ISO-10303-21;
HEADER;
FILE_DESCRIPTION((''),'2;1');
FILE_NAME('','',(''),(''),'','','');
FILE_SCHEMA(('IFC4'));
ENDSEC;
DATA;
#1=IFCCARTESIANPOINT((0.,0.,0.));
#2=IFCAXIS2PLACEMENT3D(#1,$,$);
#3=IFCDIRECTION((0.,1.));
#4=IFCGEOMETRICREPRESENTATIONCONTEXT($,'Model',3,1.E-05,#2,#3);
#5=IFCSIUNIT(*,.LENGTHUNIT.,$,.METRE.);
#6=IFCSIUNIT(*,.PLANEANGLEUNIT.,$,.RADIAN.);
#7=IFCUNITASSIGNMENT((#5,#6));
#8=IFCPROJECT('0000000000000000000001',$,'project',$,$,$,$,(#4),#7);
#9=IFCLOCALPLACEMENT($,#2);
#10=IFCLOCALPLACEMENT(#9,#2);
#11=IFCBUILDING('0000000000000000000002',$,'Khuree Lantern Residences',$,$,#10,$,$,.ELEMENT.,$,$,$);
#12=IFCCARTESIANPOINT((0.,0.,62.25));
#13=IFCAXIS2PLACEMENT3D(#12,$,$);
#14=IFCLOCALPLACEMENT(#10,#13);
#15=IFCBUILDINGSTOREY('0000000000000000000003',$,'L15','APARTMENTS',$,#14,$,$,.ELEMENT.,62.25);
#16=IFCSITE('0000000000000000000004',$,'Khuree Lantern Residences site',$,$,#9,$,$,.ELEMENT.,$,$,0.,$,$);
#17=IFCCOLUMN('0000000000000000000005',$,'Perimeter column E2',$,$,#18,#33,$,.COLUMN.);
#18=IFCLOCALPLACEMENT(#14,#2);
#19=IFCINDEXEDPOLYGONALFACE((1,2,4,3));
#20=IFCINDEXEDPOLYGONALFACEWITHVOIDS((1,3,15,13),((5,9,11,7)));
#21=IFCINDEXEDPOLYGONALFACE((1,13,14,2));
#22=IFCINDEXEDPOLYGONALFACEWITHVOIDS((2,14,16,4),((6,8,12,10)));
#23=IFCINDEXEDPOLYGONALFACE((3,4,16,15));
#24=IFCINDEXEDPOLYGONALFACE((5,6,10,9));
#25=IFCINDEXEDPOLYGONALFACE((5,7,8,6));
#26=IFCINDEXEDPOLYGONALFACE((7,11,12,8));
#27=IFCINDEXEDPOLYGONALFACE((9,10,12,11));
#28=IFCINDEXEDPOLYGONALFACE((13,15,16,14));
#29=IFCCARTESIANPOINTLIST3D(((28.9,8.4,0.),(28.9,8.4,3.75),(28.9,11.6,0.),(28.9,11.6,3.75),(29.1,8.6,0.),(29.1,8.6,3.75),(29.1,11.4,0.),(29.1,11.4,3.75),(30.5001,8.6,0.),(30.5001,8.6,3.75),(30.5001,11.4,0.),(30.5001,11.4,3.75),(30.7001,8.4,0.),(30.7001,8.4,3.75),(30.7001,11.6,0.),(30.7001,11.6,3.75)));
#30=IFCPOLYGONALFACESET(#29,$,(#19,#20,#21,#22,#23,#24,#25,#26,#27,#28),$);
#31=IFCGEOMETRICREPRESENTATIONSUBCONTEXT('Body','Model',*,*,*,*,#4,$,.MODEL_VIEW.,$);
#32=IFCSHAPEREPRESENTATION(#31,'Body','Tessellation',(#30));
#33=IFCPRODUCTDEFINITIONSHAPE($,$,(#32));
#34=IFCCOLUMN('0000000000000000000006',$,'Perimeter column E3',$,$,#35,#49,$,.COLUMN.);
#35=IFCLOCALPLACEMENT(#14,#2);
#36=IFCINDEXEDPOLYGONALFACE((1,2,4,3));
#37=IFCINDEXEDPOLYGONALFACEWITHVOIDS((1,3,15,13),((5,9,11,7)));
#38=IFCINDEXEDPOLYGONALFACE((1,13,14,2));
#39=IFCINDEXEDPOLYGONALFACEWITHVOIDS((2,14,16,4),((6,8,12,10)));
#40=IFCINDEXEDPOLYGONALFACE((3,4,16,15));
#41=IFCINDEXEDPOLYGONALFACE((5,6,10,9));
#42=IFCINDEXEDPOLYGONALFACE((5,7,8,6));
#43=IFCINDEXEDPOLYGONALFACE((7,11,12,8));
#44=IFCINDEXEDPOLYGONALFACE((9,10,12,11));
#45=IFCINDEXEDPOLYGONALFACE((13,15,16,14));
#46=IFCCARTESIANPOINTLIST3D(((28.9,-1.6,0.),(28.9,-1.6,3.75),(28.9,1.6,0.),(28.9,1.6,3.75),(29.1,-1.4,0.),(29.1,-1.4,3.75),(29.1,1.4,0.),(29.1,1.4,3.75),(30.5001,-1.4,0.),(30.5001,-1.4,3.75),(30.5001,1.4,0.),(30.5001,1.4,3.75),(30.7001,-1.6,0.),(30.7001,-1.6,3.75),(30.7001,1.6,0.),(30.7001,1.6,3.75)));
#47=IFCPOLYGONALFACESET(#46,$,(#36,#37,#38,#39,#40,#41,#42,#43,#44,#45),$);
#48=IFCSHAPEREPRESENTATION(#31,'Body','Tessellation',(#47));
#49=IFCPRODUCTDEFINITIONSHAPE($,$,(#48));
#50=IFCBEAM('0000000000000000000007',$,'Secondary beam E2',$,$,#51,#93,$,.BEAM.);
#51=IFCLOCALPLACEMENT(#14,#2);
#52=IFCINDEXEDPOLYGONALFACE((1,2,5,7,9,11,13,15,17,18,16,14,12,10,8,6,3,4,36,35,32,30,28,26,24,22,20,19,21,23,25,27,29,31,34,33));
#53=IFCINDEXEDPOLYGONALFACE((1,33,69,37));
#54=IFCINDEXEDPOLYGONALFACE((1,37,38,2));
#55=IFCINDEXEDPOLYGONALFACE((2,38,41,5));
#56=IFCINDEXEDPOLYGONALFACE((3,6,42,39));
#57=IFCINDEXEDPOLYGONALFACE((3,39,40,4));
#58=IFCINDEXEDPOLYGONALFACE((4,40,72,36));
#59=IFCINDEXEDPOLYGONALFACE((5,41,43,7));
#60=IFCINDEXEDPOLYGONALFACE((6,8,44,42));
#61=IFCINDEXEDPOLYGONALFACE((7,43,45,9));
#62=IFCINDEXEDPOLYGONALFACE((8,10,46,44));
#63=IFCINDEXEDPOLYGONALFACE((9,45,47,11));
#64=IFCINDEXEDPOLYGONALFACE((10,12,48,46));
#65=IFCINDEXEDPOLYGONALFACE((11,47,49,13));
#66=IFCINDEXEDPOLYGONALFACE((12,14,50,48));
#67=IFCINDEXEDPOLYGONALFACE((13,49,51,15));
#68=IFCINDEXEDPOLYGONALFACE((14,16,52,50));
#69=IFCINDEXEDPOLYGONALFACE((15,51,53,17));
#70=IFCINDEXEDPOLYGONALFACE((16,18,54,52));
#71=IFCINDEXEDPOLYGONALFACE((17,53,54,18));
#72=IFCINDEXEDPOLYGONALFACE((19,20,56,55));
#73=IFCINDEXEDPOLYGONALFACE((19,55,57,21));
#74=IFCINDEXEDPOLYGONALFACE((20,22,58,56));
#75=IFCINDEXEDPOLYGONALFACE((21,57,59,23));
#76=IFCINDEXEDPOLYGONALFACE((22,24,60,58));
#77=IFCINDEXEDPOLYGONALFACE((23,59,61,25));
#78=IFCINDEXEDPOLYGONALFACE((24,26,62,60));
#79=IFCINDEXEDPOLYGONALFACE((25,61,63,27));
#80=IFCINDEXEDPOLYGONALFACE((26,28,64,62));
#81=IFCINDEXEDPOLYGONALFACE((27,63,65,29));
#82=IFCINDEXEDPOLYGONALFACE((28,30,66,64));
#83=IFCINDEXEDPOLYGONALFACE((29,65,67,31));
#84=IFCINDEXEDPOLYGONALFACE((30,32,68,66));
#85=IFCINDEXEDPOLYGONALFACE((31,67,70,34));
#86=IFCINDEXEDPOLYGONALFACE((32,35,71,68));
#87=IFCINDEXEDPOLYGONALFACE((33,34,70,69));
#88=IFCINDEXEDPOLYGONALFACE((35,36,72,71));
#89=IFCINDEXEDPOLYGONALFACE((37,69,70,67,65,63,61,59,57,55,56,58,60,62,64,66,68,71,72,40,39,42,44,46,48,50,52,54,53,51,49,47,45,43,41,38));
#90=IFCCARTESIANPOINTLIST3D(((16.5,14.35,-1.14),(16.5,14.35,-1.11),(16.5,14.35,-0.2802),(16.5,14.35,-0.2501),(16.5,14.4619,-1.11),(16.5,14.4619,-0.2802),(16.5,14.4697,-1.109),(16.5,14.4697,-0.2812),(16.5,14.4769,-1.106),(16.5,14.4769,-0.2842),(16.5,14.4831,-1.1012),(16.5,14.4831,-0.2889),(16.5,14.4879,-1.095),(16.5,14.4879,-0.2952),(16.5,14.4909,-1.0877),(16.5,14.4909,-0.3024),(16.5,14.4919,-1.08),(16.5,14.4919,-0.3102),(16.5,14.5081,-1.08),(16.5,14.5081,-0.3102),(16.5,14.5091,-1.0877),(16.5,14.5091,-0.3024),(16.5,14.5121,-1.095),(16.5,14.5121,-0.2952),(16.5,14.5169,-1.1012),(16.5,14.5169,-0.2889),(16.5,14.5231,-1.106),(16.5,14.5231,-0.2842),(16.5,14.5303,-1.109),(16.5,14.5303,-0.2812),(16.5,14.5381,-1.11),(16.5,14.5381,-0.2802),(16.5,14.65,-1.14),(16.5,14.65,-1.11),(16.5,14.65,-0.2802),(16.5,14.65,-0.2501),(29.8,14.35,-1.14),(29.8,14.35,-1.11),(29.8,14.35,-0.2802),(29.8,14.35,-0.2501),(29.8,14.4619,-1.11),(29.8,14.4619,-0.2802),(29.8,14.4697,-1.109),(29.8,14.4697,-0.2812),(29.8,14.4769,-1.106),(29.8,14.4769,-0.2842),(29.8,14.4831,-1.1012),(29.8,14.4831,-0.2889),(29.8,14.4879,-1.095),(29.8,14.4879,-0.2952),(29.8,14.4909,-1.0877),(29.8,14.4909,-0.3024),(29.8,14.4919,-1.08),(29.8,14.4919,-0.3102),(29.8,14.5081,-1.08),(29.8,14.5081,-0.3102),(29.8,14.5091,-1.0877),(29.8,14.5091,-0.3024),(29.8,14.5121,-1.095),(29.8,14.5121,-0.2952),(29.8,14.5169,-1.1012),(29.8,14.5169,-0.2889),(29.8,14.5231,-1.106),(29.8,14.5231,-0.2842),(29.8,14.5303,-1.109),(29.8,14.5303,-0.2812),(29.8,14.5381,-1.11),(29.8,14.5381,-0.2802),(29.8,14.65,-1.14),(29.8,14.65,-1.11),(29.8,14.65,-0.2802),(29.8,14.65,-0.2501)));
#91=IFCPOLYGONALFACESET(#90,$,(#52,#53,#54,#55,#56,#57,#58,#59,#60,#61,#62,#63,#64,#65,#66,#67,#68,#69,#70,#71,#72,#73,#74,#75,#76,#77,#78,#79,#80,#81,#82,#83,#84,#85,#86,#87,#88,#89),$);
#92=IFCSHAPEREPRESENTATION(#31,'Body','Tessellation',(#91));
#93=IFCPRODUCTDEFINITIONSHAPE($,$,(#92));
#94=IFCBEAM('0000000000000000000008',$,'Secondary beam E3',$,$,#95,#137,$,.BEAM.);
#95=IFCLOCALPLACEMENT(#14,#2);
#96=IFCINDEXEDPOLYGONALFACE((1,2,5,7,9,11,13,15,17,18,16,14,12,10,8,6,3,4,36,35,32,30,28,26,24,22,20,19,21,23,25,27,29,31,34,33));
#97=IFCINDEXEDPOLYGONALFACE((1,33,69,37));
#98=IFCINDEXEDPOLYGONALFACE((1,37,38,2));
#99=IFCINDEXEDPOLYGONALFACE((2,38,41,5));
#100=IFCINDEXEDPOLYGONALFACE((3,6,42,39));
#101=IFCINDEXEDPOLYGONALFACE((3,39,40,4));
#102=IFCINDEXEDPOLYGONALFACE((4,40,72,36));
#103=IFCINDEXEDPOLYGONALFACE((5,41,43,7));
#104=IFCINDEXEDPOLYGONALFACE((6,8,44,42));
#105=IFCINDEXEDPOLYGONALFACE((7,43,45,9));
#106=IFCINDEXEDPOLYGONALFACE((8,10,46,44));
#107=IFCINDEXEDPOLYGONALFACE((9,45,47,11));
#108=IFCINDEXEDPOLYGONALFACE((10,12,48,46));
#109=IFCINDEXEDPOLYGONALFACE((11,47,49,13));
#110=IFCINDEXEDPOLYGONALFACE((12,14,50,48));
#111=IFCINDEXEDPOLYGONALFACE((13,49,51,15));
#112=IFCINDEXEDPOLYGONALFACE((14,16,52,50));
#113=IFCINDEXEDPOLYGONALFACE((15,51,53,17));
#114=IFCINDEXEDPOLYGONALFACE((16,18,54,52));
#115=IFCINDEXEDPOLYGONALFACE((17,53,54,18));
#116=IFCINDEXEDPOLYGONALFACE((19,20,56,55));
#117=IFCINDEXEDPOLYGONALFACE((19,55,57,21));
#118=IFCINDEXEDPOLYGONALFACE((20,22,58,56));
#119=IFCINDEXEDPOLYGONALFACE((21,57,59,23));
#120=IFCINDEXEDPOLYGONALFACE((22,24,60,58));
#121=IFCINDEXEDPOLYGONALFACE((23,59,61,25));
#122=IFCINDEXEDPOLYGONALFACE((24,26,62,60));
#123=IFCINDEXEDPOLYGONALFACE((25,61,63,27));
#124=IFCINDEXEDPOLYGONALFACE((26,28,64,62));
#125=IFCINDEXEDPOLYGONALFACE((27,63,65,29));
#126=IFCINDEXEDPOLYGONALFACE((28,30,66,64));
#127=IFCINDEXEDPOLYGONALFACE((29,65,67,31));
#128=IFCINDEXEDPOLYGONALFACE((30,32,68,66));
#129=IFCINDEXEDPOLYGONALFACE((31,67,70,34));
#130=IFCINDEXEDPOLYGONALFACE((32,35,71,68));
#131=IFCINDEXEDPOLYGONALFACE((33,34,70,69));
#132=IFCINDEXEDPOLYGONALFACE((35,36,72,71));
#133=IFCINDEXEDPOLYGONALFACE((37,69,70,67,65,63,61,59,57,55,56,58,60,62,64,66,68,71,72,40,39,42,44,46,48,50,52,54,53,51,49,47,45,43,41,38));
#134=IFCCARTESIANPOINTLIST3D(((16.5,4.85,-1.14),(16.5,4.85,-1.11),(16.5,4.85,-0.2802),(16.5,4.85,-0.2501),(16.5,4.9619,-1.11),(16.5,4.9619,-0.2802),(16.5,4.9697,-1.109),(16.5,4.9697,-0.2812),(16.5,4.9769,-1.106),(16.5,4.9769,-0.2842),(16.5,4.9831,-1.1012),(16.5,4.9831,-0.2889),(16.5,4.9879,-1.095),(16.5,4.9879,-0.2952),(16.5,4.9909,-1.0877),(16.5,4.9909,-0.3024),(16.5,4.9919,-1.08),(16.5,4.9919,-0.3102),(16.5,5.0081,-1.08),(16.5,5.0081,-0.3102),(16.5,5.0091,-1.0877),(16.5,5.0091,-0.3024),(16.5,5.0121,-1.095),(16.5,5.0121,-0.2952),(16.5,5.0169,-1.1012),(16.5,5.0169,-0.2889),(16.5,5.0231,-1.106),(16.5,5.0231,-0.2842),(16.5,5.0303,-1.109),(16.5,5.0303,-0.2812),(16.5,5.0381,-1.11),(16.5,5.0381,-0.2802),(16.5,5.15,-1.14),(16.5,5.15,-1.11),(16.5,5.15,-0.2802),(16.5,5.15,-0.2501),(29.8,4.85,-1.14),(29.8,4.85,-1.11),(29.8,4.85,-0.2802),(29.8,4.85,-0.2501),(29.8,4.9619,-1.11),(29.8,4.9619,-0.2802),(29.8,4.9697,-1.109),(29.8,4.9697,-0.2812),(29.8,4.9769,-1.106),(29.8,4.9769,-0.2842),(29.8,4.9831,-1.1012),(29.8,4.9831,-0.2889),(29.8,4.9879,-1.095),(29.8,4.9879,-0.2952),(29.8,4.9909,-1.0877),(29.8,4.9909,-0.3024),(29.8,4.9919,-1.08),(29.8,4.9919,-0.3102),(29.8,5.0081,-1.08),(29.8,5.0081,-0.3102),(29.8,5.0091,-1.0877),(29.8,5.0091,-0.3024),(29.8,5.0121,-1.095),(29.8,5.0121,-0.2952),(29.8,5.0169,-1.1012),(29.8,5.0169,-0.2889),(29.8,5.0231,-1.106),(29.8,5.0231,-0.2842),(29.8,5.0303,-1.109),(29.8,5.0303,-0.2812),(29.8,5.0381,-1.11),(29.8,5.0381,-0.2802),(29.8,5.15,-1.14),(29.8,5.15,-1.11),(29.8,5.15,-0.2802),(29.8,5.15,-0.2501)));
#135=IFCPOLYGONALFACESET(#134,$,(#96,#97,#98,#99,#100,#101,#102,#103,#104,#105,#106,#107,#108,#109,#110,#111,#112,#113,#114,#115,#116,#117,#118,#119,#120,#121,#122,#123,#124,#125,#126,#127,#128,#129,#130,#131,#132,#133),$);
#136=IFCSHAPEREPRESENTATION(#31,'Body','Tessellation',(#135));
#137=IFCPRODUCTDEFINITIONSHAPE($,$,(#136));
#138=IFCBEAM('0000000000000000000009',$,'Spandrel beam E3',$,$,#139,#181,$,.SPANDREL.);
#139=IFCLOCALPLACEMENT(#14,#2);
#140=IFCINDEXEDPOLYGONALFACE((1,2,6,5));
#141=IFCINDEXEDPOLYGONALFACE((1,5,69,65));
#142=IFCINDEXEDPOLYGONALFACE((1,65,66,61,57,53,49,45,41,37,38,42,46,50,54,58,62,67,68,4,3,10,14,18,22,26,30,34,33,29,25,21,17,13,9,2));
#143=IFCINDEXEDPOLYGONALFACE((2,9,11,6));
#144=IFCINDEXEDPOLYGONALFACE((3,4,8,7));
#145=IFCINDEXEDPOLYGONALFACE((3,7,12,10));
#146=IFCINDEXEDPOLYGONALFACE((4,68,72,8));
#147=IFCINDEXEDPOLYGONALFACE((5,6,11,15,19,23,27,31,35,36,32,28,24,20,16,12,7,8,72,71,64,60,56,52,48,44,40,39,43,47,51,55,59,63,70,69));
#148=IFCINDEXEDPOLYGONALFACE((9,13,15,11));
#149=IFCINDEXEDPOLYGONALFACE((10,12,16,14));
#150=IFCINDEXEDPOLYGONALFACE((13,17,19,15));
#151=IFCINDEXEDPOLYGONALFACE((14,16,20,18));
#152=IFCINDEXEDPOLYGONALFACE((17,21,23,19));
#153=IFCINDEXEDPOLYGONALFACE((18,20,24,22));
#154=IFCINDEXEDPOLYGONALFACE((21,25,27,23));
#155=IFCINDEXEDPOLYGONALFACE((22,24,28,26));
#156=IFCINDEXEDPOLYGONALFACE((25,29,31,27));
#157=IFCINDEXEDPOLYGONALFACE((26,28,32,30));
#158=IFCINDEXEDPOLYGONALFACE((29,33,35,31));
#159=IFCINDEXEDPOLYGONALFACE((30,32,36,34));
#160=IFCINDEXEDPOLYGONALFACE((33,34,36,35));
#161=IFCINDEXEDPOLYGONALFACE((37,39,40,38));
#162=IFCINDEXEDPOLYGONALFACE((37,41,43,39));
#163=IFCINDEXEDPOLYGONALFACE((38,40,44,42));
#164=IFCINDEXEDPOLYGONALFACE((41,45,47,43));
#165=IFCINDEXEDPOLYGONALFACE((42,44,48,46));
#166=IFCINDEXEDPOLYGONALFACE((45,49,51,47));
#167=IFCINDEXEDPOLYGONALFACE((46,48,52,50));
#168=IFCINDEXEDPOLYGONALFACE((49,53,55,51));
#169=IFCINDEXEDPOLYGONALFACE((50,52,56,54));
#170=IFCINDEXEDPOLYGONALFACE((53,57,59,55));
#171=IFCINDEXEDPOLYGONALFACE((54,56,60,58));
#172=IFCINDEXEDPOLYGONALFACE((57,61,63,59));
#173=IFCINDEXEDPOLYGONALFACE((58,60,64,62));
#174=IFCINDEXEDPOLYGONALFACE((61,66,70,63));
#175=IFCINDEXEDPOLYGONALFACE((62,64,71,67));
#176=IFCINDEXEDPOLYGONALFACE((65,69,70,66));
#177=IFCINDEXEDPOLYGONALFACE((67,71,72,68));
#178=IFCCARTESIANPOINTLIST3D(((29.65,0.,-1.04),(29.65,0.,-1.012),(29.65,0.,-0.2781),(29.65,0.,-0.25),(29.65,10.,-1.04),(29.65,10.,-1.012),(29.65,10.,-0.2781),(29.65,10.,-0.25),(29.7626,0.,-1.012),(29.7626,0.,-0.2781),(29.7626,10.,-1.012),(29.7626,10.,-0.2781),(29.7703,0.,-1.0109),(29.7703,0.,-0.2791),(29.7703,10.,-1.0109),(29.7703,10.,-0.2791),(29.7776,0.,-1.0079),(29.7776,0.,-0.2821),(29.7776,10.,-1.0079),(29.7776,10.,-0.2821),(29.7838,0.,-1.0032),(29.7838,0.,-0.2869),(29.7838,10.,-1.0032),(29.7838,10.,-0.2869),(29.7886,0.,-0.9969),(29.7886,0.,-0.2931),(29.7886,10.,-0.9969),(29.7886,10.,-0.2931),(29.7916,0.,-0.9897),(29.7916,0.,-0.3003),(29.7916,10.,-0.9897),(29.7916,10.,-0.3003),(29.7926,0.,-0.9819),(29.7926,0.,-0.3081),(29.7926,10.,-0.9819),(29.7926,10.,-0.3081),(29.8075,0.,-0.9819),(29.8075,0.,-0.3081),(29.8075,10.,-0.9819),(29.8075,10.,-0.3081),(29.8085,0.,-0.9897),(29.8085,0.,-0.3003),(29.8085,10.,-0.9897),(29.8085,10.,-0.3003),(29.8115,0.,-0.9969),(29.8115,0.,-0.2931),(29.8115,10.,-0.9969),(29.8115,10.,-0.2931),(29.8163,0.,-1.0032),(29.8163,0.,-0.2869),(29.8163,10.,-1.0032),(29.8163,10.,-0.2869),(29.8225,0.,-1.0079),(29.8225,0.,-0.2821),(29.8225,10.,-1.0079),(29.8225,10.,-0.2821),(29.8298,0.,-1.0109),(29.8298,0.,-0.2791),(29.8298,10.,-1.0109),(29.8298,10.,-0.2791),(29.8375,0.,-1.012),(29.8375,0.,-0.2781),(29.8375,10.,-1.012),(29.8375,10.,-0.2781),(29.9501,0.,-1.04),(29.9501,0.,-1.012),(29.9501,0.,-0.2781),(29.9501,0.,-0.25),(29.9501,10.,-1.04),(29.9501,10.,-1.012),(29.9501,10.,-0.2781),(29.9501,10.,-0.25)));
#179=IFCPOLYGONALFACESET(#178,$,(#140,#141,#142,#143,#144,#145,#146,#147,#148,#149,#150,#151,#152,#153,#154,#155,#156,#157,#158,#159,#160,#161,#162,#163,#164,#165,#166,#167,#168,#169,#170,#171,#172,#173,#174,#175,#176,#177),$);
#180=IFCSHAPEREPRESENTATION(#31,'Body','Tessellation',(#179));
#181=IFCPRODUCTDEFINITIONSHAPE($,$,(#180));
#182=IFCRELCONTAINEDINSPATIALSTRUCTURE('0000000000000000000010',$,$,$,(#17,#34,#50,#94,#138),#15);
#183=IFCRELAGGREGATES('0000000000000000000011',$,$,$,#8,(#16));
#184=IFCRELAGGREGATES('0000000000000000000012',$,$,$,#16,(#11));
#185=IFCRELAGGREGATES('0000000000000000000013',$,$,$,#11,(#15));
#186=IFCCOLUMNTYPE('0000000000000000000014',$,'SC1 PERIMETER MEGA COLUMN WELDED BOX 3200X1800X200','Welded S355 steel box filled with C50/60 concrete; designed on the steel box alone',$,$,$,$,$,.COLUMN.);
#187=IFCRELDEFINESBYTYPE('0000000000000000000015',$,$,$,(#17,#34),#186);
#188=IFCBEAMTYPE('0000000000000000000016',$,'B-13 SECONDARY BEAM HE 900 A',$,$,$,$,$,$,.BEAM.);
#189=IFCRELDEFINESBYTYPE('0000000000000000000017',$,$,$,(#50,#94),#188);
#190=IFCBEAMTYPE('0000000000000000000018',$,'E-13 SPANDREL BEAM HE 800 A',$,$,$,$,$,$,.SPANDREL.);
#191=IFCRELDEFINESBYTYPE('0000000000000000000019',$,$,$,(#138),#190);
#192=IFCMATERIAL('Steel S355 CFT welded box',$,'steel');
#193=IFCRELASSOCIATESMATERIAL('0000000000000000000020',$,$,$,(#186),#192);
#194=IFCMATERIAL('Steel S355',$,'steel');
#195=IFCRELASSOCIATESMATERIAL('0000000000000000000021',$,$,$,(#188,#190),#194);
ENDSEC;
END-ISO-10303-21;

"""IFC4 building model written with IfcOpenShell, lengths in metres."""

from ifc_helpers import new_model, si_unit, direction, frame, origin, origin_2d, place, context, subcontext, project, spatial, hollow_rectangle, i_section, extrude, material, material_profile, profile_set, type_object, element, save


model = new_model("IFC4")

# Units and contexts
model_context = context("Model", 3, precision=1e-05, world=origin(), true_north=direction((0.0, 1.0)))
body_context = subcontext(model_context, "Body", "Model", "MODEL_VIEW")
ifc_project = project(units=[si_unit("LENGTHUNIT", "METRE"), si_unit("PLANEANGLEUNIT", "RADIAN")], contexts=[model_context])

# Site, building, storey
site_placement = place(None, origin())
site = spatial("IfcSite", under=ifc_project, at=site_placement, Name="Khuree Lantern Residences site", CompositionType="ELEMENT", RefElevation=0.0)
building_placement = place(site_placement, origin())
building = spatial("IfcBuilding", under=site, at=building_placement, Name="Khuree Lantern Residences", CompositionType="ELEMENT")
storey_placement = place(building_placement, frame((0.0, 0.0, 62.25)))
storey = spatial("IfcBuildingStorey", under=building, at=storey_placement, Name="L15", Description="APARTMENTS", CompositionType="ELEMENT", Elevation=62.25)

# Columns
ifc_material_1 = material(Name="Steel S355 CFT welded box", Category="steel")
ifc_material_profile_1 = material_profile(ifc_material_1, hollow_rectangle(XDim=3.2, YDim=1.8, WallThickness=0.2, at=origin_2d()), Name="WELDED BOX 3200X1800X200")
ifc_profile_set_1 = profile_set([ifc_material_profile_1], Name="Steel S355 CFT welded box")
column_type = type_object("IfcColumnType", Name="SC1 PERIMETER MEGA COLUMN WELDED BOX 3200X1800X200", Description="Welded S355 steel box filled with C50/60 concrete; designed on the steel box alone", PredefinedType="COLUMN", material=ifc_profile_set_1)
for number, where, z_axis, x_axis, name in (
    (1, (29.8, 10.0, 0.0), (0.0, 0.0, 1.0), (0.0, 1.0, 0.0), "Perimeter column E2"),
    (2, (29.8, 0.0, 0.0), (0.0, 0.0, 1.0), (0.0, 1.0, 0.0), "Perimeter column E3"),
):
    element("IfcColumn", number, at=place(storey_placement, frame(where, z_axis=z_axis, x_axis=x_axis)), inside=storey, type_object=column_type, Name=name, PredefinedType="COLUMN", context=body_context, shape_type="SweptSolid", body=[
        extrude(hollow_rectangle(XDim=3.2, YDim=1.8, WallThickness=0.2, at=origin_2d()), origin(), (0.0, 0.0, 1.0), 3.75),
    ])

# Beams
ifc_material_2 = material(Name="Steel S355", Category="steel")
ifc_material_profile_2 = material_profile(ifc_material_2, i_section(OverallWidth=0.3, OverallDepth=0.8899, WebThickness=0.0161, FlangeThickness=0.03, FilletRadius=0.03, at=origin_2d()), Name="HE 900 A")
ifc_profile_set_2 = profile_set([ifc_material_profile_2], Name="Steel S355")
beam_type_1 = type_object("IfcBeamType", Name="B-13 SECONDARY BEAM HE 900 A", PredefinedType="BEAM", material=ifc_profile_set_2)
for number, where, z_axis, x_axis, name in (
    (3, (29.8, 14.5, -0.6951), (-1.0, 0.0, 0.0), (0.0, -1.0, 0.0), "Secondary beam E2"),
    (4, (29.8, 5.0, -0.6951), (-1.0, 0.0, 0.0), (0.0, -1.0, 0.0), "Secondary beam E3"),
):
    element("IfcBeam", number, at=place(storey_placement, frame(where, z_axis=z_axis, x_axis=x_axis)), inside=storey, type_object=beam_type_1, Name=name, PredefinedType="BEAM", context=body_context, shape_type="SweptSolid", body=[
        extrude(i_section(OverallWidth=0.3, OverallDepth=0.8899, WebThickness=0.0161, FlangeThickness=0.03, FilletRadius=0.03, at=origin_2d()), origin(), (0.0, 0.0, 1.0), 13.3),
    ])
ifc_material_profile_3 = material_profile(ifc_material_2, i_section(OverallWidth=0.3, OverallDepth=0.79, WebThickness=0.0149, FlangeThickness=0.0281, FilletRadius=0.03, at=origin_2d()), Name="HE 800 A")
ifc_profile_set_3 = profile_set([ifc_material_profile_3], Name="Steel S355")
beam_type_2 = type_object("IfcBeamType", Name="E-13 SPANDREL BEAM HE 800 A", PredefinedType="SPANDREL", material=ifc_profile_set_3)
for number, where, z_axis, x_axis, name in (
    (5, (29.8, 10.0, -0.645), (0.0, -1.0, 0.0), (1.0, 0.0, 0.0), "Spandrel beam E3"),
):
    element("IfcBeam", number, at=place(storey_placement, frame(where, z_axis=z_axis, x_axis=x_axis)), inside=storey, type_object=beam_type_2, Name=name, PredefinedType="SPANDREL", context=body_context, shape_type="SweptSolid", body=[
        extrude(i_section(OverallWidth=0.3, OverallDepth=0.79, WebThickness=0.0149, FlangeThickness=0.0281, FilletRadius=0.03, at=origin_2d()), origin(), (0.0, 0.0, 1.0), 10.0),
    ])

save(model, "model.ifc")
